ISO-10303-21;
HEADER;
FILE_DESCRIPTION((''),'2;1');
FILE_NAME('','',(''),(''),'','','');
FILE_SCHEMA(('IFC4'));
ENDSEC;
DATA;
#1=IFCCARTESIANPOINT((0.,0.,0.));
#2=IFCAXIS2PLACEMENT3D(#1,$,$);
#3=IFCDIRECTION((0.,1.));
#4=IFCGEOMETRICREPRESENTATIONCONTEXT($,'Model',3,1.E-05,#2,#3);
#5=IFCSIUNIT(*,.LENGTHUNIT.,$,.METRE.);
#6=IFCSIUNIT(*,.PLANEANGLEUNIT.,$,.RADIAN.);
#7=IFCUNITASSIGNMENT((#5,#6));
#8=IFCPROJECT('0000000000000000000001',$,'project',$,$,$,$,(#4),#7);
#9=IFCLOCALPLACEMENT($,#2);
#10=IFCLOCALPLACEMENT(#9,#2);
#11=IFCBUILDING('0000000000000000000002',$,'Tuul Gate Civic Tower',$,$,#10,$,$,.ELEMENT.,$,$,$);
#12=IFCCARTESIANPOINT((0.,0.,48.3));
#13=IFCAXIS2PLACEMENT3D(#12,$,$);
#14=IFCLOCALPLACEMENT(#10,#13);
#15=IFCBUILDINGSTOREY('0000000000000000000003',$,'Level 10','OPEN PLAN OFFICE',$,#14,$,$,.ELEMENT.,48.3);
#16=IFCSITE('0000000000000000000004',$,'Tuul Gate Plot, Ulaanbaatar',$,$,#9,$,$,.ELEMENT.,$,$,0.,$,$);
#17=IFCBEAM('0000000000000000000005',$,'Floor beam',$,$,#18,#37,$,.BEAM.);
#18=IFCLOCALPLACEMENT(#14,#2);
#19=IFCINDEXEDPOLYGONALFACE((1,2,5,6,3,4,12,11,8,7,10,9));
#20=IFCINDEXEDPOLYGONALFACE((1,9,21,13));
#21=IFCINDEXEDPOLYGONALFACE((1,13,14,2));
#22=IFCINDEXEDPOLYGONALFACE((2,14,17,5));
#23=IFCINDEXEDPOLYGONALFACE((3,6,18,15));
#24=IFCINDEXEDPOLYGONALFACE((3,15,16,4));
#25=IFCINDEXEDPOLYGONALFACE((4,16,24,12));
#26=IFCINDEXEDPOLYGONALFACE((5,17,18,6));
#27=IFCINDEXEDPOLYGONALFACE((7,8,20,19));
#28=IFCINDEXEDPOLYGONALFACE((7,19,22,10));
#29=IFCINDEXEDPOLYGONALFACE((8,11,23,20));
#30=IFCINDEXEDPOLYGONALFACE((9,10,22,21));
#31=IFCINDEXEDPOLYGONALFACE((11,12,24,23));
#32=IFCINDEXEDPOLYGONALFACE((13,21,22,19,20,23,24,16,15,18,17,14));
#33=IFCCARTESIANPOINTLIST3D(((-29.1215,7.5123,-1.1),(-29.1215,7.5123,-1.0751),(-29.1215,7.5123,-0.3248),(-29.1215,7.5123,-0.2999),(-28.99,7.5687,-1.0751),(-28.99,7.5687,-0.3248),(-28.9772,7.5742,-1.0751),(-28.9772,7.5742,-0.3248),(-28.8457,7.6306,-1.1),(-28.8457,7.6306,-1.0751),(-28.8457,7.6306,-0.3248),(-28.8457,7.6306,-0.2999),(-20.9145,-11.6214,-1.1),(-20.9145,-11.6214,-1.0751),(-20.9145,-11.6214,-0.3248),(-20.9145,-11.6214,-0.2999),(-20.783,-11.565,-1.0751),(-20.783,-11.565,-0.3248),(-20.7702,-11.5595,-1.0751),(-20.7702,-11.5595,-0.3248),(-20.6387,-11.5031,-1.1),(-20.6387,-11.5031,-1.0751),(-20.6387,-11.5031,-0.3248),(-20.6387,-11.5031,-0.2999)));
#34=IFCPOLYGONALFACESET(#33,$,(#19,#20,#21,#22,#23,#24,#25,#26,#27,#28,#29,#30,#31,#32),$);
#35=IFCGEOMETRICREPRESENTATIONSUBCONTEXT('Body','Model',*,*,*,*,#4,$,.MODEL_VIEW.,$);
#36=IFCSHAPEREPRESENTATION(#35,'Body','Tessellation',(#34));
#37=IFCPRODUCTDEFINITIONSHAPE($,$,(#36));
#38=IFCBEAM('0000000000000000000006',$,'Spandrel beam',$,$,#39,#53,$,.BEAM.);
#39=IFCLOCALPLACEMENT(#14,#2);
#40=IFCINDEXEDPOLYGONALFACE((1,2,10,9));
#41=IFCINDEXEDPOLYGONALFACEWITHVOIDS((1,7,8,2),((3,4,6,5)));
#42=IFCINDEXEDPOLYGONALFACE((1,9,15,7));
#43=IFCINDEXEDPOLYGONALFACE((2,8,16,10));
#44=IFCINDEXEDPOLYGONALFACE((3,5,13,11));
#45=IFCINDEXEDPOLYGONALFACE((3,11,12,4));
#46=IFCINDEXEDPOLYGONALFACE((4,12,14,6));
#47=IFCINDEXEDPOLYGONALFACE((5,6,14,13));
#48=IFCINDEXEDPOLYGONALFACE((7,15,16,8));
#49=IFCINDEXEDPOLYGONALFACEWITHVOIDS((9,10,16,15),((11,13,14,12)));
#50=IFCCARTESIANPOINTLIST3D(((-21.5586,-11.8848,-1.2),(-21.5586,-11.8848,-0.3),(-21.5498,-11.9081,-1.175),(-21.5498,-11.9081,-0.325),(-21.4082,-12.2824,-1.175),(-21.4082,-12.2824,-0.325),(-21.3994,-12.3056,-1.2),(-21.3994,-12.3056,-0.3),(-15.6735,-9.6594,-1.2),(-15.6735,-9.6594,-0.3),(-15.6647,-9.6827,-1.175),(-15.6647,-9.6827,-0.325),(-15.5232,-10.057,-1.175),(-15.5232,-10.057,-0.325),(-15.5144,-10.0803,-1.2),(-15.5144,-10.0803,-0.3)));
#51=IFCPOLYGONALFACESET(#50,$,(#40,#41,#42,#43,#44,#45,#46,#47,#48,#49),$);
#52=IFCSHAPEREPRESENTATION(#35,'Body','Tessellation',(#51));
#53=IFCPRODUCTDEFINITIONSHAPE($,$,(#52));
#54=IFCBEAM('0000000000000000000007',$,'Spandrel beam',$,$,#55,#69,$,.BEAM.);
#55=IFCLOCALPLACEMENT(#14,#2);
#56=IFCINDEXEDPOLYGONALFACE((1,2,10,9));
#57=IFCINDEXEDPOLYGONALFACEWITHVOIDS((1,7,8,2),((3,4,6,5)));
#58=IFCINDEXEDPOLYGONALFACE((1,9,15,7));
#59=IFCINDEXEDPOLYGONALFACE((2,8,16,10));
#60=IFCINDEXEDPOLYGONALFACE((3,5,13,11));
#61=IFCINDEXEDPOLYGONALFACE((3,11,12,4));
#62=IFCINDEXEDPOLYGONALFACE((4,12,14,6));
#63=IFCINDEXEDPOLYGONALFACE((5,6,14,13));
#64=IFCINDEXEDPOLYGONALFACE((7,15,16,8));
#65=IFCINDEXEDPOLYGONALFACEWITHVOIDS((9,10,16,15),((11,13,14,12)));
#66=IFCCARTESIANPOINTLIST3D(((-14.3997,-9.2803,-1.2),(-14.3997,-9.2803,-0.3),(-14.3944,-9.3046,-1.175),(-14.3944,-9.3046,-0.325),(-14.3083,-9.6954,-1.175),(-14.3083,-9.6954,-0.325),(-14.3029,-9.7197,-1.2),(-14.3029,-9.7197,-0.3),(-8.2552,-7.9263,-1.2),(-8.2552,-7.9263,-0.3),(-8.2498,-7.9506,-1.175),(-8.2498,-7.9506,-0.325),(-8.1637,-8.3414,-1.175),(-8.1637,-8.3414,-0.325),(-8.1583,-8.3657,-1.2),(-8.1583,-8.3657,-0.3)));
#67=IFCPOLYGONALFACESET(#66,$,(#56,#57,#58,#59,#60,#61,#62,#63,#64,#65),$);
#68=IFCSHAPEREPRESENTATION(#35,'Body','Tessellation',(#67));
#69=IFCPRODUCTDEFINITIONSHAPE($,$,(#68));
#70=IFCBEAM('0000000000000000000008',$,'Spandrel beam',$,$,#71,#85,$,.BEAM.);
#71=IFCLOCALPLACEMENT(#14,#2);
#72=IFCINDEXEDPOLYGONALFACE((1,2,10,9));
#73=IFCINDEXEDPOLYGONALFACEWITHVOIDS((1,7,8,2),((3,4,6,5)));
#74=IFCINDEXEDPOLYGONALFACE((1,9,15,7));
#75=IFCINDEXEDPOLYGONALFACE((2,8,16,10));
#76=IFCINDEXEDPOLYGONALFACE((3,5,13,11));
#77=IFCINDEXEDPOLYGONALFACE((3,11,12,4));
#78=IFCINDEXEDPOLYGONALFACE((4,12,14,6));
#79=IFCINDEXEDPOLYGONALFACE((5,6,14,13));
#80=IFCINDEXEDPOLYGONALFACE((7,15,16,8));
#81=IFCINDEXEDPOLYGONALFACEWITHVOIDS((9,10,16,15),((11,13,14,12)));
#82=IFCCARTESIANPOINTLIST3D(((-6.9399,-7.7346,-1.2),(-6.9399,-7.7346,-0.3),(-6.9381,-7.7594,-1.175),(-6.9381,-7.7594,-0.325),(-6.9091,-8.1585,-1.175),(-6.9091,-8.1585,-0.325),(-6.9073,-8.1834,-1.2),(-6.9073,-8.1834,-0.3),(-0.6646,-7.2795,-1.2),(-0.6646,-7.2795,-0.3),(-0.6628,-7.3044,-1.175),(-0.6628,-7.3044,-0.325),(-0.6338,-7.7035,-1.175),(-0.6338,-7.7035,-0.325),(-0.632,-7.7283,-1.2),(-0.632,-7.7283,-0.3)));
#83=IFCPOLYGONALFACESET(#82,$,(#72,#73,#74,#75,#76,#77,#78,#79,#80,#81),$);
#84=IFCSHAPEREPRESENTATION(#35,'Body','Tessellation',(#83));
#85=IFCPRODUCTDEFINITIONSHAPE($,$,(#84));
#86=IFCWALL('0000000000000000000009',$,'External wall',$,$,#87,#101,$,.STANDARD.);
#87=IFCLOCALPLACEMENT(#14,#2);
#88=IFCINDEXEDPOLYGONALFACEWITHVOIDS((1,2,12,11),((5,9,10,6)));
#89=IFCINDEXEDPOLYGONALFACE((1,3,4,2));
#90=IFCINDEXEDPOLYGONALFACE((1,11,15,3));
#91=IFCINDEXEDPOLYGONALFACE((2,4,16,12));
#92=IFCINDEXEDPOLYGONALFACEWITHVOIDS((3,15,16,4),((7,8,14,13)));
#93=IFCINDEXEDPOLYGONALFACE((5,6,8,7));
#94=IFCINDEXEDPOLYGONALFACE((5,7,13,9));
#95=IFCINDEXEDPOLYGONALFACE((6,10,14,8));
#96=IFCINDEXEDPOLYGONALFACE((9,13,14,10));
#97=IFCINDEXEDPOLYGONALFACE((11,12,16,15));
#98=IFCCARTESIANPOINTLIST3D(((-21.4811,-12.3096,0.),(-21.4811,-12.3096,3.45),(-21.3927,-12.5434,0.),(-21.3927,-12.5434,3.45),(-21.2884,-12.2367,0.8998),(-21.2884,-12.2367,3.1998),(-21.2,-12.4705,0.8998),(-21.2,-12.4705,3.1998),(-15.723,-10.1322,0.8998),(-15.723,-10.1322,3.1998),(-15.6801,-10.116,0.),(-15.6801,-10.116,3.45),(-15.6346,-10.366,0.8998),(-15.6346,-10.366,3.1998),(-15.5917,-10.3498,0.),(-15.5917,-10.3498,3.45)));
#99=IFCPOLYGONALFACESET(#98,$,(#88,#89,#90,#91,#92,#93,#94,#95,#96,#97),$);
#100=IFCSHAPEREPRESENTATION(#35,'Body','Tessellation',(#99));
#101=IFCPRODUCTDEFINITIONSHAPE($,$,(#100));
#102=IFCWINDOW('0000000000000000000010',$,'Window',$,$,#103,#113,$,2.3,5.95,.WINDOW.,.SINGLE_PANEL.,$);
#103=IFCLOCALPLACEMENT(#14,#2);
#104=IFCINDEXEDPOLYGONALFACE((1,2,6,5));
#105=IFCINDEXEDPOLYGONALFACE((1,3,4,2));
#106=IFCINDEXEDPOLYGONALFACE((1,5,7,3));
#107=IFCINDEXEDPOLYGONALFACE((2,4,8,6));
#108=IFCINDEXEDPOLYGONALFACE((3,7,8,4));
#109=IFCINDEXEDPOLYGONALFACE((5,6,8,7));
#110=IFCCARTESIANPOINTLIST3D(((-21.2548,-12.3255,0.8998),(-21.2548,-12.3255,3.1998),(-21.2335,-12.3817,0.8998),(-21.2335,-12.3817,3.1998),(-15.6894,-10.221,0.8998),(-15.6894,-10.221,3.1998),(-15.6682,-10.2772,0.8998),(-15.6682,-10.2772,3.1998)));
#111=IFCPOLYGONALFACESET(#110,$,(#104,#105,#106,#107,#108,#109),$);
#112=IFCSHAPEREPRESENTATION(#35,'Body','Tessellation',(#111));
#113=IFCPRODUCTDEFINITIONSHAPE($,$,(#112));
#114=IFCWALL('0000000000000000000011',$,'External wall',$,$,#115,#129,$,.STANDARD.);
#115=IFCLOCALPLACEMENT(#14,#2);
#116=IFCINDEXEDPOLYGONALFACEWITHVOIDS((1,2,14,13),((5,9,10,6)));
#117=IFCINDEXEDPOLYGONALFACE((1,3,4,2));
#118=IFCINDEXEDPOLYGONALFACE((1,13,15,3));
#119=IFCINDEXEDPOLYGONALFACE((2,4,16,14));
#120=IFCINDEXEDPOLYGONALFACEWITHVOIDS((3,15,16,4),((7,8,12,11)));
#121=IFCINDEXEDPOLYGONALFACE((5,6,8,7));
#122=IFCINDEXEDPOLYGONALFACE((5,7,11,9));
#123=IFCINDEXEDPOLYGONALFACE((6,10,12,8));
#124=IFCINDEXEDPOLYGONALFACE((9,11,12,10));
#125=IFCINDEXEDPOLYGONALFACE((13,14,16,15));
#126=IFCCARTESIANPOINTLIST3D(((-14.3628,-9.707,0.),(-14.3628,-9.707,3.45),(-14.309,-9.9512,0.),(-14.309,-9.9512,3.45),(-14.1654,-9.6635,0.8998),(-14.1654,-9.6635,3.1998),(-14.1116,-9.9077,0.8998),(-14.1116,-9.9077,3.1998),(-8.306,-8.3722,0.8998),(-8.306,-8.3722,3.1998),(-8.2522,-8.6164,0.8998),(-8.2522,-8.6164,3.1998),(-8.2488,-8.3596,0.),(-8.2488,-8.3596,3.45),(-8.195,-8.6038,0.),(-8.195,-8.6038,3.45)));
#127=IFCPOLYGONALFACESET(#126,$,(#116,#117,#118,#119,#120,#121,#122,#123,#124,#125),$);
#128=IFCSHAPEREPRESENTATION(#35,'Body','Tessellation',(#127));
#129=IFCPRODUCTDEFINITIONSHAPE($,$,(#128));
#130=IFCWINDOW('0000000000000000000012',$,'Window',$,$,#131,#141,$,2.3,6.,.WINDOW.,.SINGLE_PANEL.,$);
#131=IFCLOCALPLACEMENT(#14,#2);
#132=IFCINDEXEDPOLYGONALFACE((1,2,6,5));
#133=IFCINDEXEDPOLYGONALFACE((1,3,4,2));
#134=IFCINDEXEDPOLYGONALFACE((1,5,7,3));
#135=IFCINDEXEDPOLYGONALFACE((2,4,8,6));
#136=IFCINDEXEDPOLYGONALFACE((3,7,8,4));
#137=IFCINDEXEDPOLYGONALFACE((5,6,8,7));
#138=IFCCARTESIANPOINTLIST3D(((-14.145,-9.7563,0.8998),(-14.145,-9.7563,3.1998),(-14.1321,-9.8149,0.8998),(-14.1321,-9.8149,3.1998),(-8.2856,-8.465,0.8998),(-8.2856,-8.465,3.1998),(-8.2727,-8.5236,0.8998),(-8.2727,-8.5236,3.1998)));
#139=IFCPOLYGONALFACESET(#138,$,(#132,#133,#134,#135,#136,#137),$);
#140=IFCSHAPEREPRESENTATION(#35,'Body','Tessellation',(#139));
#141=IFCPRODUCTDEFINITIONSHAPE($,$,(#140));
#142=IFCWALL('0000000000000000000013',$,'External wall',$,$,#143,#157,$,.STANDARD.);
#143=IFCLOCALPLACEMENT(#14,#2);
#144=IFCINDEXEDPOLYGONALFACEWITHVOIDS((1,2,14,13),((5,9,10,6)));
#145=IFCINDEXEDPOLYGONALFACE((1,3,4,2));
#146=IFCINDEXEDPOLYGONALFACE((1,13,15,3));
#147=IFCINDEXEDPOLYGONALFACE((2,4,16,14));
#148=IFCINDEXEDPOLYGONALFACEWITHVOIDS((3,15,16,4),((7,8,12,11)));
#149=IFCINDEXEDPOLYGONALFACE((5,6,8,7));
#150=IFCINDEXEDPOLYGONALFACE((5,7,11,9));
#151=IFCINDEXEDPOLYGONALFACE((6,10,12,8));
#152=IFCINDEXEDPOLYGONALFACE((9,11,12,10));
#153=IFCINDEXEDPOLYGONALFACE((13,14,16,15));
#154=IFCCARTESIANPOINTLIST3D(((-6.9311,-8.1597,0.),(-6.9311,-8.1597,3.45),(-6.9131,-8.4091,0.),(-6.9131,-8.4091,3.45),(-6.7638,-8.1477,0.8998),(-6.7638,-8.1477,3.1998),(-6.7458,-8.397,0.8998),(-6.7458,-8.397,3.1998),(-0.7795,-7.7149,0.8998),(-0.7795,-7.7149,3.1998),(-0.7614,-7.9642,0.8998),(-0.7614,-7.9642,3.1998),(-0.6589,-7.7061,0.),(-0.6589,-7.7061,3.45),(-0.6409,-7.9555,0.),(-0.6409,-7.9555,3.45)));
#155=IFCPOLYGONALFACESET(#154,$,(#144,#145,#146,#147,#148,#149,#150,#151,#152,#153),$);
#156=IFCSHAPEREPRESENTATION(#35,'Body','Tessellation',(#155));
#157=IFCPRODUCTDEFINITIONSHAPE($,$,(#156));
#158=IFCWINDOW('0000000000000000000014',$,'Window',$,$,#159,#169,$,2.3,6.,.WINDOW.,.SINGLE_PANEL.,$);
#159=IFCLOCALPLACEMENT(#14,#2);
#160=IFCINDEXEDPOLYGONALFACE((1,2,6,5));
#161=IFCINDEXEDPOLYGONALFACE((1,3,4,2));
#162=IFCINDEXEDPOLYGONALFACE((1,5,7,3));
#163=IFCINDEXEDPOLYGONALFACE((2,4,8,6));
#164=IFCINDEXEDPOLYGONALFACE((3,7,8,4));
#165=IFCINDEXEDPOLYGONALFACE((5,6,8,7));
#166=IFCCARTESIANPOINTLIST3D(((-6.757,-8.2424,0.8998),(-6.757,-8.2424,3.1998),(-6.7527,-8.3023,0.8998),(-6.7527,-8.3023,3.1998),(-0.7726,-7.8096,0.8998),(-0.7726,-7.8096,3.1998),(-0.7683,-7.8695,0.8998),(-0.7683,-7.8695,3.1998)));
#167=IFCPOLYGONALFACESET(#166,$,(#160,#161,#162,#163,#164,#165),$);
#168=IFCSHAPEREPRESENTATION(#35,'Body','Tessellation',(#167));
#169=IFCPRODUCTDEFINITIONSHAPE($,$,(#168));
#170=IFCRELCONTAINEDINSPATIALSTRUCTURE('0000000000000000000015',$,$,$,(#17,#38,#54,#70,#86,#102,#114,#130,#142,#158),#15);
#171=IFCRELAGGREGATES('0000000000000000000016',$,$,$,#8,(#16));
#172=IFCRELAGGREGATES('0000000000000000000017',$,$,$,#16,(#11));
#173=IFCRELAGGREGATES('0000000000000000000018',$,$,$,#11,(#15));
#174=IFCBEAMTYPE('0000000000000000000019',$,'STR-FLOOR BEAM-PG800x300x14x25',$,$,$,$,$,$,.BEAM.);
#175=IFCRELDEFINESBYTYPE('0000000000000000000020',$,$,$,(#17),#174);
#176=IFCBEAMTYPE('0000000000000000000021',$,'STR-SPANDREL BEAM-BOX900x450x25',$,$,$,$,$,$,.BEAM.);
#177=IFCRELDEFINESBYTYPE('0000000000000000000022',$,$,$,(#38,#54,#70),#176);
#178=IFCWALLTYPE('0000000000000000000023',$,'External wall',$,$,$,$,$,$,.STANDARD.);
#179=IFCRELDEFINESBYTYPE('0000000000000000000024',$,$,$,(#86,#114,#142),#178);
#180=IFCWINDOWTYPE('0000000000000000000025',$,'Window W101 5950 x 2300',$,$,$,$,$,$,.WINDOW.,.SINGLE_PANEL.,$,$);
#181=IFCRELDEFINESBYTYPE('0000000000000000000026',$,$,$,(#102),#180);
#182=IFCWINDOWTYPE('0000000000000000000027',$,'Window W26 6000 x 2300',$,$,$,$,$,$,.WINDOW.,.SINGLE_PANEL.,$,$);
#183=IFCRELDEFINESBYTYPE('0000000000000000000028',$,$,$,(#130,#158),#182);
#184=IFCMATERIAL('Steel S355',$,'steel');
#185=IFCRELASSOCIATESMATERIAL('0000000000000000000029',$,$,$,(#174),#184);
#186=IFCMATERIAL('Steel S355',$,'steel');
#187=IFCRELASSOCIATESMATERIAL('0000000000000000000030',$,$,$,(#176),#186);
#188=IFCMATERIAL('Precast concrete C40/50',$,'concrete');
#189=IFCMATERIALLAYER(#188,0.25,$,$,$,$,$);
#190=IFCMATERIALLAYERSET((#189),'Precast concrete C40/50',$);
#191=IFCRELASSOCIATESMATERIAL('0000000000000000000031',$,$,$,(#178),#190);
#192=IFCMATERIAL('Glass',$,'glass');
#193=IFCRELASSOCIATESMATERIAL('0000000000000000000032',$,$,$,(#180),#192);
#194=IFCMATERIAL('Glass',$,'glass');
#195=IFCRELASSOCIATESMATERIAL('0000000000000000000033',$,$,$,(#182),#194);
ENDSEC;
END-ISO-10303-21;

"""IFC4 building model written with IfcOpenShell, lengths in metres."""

from ifc_helpers import new_model, si_unit, direction, frame, frame_2d, origin, origin_2d, place, context, subcontext, project, spatial, rectangle, hollow_rectangle, i_section, extrude, material, layer, layer_set, material_profile, profile_set, type_object, element, fill, save


model = new_model("IFC4")

# Units and contexts
model_context = context("Model", 3, precision=1e-05, world=origin(), true_north=direction((0.0, 1.0)))
body_context = subcontext(model_context, "Body", "Model", "MODEL_VIEW")
ifc_project = project(units=[si_unit("LENGTHUNIT", "METRE"), si_unit("PLANEANGLEUNIT", "RADIAN")], contexts=[model_context])

# Site, building, storey
site_placement = place(None, origin())
site = spatial("IfcSite", under=ifc_project, at=site_placement, Name="Tuul Gate Plot, Ulaanbaatar", CompositionType="ELEMENT", RefElevation=0.0)
building_placement = place(site_placement, origin())
building = spatial("IfcBuilding", under=site, at=building_placement, Name="Tuul Gate Civic Tower", CompositionType="ELEMENT")
storey_placement = place(building_placement, frame((0.0, 0.0, 48.3)))
storey = spatial("IfcBuildingStorey", under=building, at=storey_placement, Name="Level 10", Description="OPEN PLAN OFFICE", CompositionType="ELEMENT", Elevation=48.3)

# Beams
ifc_material_1 = material(Name="Steel S355", Category="steel")
ifc_material_profile_1 = material_profile(ifc_material_1, i_section(OverallWidth=0.3, OverallDepth=0.8, WebThickness=0.0139, FlangeThickness=0.0249, at=origin_2d()), Name="PG800x300x14x25")
ifc_profile_set_1 = profile_set([ifc_material_profile_1], Name="Steel S355")
beam_type_1 = type_object("IfcBeamType", Name="STR-FLOOR BEAM-PG800x300x14x25", PredefinedType="BEAM", material=ifc_profile_set_1)
beam_1_placement = place(storey_placement, frame((-20.7766, -11.5623, -0.7), z_axis=(-0.394197, 0.919026, 0.0), x_axis=(-0.919026, -0.394197, 0.0)))
element("IfcBeam", 1, at=beam_1_placement, inside=storey, type_object=beam_type_1, Name="Floor beam", PredefinedType="BEAM", context=body_context, shape_type="SweptSolid", body=[
    extrude(i_section(OverallWidth=0.3, OverallDepth=0.8, WebThickness=0.0139, FlangeThickness=0.0249, at=origin_2d()), origin(), (0.0, 0.0, 1.0), 20.8196),
])
ifc_material_2 = material(Name="Steel S355", Category="steel")
ifc_material_profile_2 = material_profile(ifc_material_2, hollow_rectangle(XDim=0.45, YDim=0.8999, WallThickness=0.0249, at=origin_2d()), Name="BOX900x450x25")
ifc_profile_set_2 = profile_set([ifc_material_profile_2], Name="Steel S355")
beam_type_2 = type_object("IfcBeamType", Name="STR-SPANDREL BEAM-BOX900x450x25", PredefinedType="BEAM", material=ifc_profile_set_2)
beam_2_placement = place(storey_placement, frame((-21.479, -12.0952, -0.75), z_axis=(0.935361, 0.353695, 0.0), x_axis=(-0.353695, 0.935361, 0.0)))
element("IfcBeam", 2, at=beam_2_placement, inside=storey, type_object=beam_type_2, Name="Spandrel beam", PredefinedType="BEAM", context=body_context, shape_type="SweptSolid", body=[
    extrude(hollow_rectangle(XDim=0.45, YDim=0.8999, WallThickness=0.0249, at=origin_2d()), origin(), (0.0, 0.0, 1.0), 6.2917),
])
beam_3_placement = place(storey_placement, frame((-14.3513, -9.5, -0.75), z_axis=(0.976571, 0.215196, 0.0), x_axis=(-0.215196, 0.976571, 0.0)))
element("IfcBeam", 3, at=beam_3_placement, inside=storey, type_object=beam_type_2, Name="Spandrel beam", PredefinedType="BEAM", context=body_context, shape_type="SweptSolid", body=[
    extrude(hollow_rectangle(XDim=0.45, YDim=0.8999, WallThickness=0.0249, at=origin_2d()), origin(), (0.0, 0.0, 1.0), 6.292),
])
beam_4_placement = place(storey_placement, frame((-6.9236, -7.959, -0.75), z_axis=(0.997381, 0.072328, 0.0), x_axis=(-0.072328, 0.997381, 0.0)))
element("IfcBeam", 4, at=beam_4_placement, inside=storey, type_object=beam_type_2, Name="Spandrel beam", PredefinedType="BEAM", context=body_context, shape_type="SweptSolid", body=[
    extrude(hollow_rectangle(XDim=0.45, YDim=0.8999, WallThickness=0.0249, at=origin_2d()), origin(), (0.0, 0.0, 1.0), 6.2917),
])

# Walls, openings, windows
ifc_material_3 = material(Name="Precast concrete C40/50", Category="concrete")
ifc_layer = layer(ifc_material_3, 0.25)
ifc_layer_set = layer_set([ifc_layer], Name="Precast concrete C40/50")
wall_type = type_object("IfcWallType", Name="External wall", PredefinedType="STANDARD", material=ifc_layer_set)
wall_1_placement = place(storey_placement, frame((-21.437, -12.4265, 0.0), z_axis=(0.0, 0.0, 1.0), x_axis=(0.93536, 0.353698, 0.0)))
wall_1 = element("IfcWall", 5, at=wall_1_placement, inside=storey, type_object=wall_type, Name="External wall", PredefinedType="STANDARD", context=body_context, shape_type="SweptSolid", body=[
    extrude(rectangle(XDim=6.2019, YDim=0.25, at=frame_2d((3.1011, 0.0))), origin(), (0.0, 0.0, 1.0), 3.45),
])
opening_1_placement = place(wall_1_placement, frame((0.2061, 0.0, 0.8999)))
opening_1 = element("IfcOpeningElement", 6, at=opening_1_placement, cuts=wall_1, PredefinedType="OPENING", context=body_context, shape_type="SweptSolid", body=[
    extrude(rectangle(XDim=5.95, YDim=2.3, at=frame_2d((2.9751, 1.1499))), frame((0.0, 0.135, 0.0), z_axis=(0.0, -1.0, 0.0), x_axis=(1.0, 0.0, 0.0)), (0.0, 0.0, 1.0), 0.27),
])
ifc_material_4 = material(Name="Glass", Category="glass")
window_type_1 = type_object("IfcWindowType", Name="Window W101 5950 x 2300", PartitioningType="SINGLE_PANEL", PredefinedType="WINDOW", material=ifc_material_4)
window_1_placement = place(opening_1_placement, origin())
window_1 = element("IfcWindow", 7, at=window_1_placement, inside=storey, type_object=window_type_1, Name="Window", OverallHeight=2.3, OverallWidth=5.95, PartitioningType="SINGLE_PANEL", PredefinedType="WINDOW", context=body_context, shape_type="SweptSolid", body=[
    extrude(rectangle(XDim=5.95, YDim=2.3, at=frame_2d((2.9751, 1.1499))), frame((0.0, 0.03, 0.0), z_axis=(0.0, -1.0, 0.0), x_axis=(1.0, 0.0, 0.0)), (0.0, 0.0, 1.0), 0.0601),
])
fill(opening_1, window_1)
wall_2_placement = place(storey_placement, frame((-14.3359, -9.8291, 0.0), z_axis=(0.0, 0.0, 1.0), x_axis=(0.976566, 0.215217, 0.0)))
wall_2 = element("IfcWall", 8, at=wall_2_placement, inside=storey, type_object=wall_type, Name="External wall", PredefinedType="STANDARD", context=body_context, shape_type="SweptSolid", body=[
    extrude(rectangle(XDim=6.2607, YDim=0.25, at=frame_2d((3.1304, 0.0))), origin(), (0.0, 0.0, 1.0), 3.45),
])
opening_2_placement = place(wall_2_placement, frame((0.2021, 0.0, 0.8999)))
opening_2 = element("IfcOpeningElement", 9, at=opening_2_placement, cuts=wall_2, PredefinedType="OPENING", context=body_context, shape_type="SweptSolid", body=[
    extrude(rectangle(XDim=6.0, YDim=2.3, at=frame_2d((3.0, 1.1499))), frame((0.0, 0.135, 0.0), z_axis=(0.0, -1.0, 0.0), x_axis=(1.0, 0.0, 0.0)), (0.0, 0.0, 1.0), 0.27),
])
ifc_material_5 = material(Name="Glass", Category="glass")
window_type_2 = type_object("IfcWindowType", Name="Window W26 6000 x 2300", PartitioningType="SINGLE_PANEL", PredefinedType="WINDOW", material=ifc_material_5)
window_2_placement = place(opening_2_placement, origin())
window_2 = element("IfcWindow", 10, at=window_2_placement, inside=storey, type_object=window_type_2, Name="Window", OverallHeight=2.3, OverallWidth=6.0, PartitioningType="SINGLE_PANEL", PredefinedType="WINDOW", context=body_context, shape_type="SweptSolid", body=[
    extrude(rectangle(XDim=6.0, YDim=2.3, at=frame_2d((3.0, 1.1499))), frame((0.0, 0.03, 0.0), z_axis=(0.0, -1.0, 0.0), x_axis=(1.0, 0.0, 0.0)), (0.0, 0.0, 1.0), 0.0601),
])
fill(opening_2, window_2)
wall_3_placement = place(storey_placement, frame((-6.9221, -8.2844, 0.0), z_axis=(0.0, 0.0, 1.0), x_axis=(0.997395, 0.072133, 0.0)))
wall_3 = element("IfcWall", 11, at=wall_3_placement, inside=storey, type_object=wall_type, Name="External wall", PredefinedType="STANDARD", context=body_context, shape_type="SweptSolid", body=[
    extrude(rectangle(XDim=6.2886, YDim=0.25, at=frame_2d((3.1443, 0.0))), origin(), (0.0, 0.0, 1.0), 3.45),
])
opening_3_placement = place(wall_3_placement, frame((0.1677, 0.0, 0.8999)))
opening_3 = element("IfcOpeningElement", 12, at=opening_3_placement, cuts=wall_3, PredefinedType="OPENING", context=body_context, shape_type="SweptSolid", body=[
    extrude(rectangle(XDim=6.0, YDim=2.3, at=frame_2d((3.0, 1.1499))), frame((0.0, 0.135, 0.0), z_axis=(0.0, -1.0, 0.0), x_axis=(1.0, 0.0, 0.0)), (0.0, 0.0, 1.0), 0.27),
])
window_3_placement = place(opening_3_placement, origin())
window_3 = element("IfcWindow", 13, at=window_3_placement, inside=storey, type_object=window_type_2, Name="Window", OverallHeight=2.3, OverallWidth=6.0, PartitioningType="SINGLE_PANEL", PredefinedType="WINDOW", context=body_context, shape_type="SweptSolid", body=[
    extrude(rectangle(XDim=6.0, YDim=2.3, at=frame_2d((3.0, 1.1499))), frame((0.0, 0.03, 0.0), z_axis=(0.0, -1.0, 0.0), x_axis=(1.0, 0.0, 0.0)), (0.0, 0.0, 1.0), 0.0601),
])
fill(opening_3, window_3)

save(model, "model.ifc")
